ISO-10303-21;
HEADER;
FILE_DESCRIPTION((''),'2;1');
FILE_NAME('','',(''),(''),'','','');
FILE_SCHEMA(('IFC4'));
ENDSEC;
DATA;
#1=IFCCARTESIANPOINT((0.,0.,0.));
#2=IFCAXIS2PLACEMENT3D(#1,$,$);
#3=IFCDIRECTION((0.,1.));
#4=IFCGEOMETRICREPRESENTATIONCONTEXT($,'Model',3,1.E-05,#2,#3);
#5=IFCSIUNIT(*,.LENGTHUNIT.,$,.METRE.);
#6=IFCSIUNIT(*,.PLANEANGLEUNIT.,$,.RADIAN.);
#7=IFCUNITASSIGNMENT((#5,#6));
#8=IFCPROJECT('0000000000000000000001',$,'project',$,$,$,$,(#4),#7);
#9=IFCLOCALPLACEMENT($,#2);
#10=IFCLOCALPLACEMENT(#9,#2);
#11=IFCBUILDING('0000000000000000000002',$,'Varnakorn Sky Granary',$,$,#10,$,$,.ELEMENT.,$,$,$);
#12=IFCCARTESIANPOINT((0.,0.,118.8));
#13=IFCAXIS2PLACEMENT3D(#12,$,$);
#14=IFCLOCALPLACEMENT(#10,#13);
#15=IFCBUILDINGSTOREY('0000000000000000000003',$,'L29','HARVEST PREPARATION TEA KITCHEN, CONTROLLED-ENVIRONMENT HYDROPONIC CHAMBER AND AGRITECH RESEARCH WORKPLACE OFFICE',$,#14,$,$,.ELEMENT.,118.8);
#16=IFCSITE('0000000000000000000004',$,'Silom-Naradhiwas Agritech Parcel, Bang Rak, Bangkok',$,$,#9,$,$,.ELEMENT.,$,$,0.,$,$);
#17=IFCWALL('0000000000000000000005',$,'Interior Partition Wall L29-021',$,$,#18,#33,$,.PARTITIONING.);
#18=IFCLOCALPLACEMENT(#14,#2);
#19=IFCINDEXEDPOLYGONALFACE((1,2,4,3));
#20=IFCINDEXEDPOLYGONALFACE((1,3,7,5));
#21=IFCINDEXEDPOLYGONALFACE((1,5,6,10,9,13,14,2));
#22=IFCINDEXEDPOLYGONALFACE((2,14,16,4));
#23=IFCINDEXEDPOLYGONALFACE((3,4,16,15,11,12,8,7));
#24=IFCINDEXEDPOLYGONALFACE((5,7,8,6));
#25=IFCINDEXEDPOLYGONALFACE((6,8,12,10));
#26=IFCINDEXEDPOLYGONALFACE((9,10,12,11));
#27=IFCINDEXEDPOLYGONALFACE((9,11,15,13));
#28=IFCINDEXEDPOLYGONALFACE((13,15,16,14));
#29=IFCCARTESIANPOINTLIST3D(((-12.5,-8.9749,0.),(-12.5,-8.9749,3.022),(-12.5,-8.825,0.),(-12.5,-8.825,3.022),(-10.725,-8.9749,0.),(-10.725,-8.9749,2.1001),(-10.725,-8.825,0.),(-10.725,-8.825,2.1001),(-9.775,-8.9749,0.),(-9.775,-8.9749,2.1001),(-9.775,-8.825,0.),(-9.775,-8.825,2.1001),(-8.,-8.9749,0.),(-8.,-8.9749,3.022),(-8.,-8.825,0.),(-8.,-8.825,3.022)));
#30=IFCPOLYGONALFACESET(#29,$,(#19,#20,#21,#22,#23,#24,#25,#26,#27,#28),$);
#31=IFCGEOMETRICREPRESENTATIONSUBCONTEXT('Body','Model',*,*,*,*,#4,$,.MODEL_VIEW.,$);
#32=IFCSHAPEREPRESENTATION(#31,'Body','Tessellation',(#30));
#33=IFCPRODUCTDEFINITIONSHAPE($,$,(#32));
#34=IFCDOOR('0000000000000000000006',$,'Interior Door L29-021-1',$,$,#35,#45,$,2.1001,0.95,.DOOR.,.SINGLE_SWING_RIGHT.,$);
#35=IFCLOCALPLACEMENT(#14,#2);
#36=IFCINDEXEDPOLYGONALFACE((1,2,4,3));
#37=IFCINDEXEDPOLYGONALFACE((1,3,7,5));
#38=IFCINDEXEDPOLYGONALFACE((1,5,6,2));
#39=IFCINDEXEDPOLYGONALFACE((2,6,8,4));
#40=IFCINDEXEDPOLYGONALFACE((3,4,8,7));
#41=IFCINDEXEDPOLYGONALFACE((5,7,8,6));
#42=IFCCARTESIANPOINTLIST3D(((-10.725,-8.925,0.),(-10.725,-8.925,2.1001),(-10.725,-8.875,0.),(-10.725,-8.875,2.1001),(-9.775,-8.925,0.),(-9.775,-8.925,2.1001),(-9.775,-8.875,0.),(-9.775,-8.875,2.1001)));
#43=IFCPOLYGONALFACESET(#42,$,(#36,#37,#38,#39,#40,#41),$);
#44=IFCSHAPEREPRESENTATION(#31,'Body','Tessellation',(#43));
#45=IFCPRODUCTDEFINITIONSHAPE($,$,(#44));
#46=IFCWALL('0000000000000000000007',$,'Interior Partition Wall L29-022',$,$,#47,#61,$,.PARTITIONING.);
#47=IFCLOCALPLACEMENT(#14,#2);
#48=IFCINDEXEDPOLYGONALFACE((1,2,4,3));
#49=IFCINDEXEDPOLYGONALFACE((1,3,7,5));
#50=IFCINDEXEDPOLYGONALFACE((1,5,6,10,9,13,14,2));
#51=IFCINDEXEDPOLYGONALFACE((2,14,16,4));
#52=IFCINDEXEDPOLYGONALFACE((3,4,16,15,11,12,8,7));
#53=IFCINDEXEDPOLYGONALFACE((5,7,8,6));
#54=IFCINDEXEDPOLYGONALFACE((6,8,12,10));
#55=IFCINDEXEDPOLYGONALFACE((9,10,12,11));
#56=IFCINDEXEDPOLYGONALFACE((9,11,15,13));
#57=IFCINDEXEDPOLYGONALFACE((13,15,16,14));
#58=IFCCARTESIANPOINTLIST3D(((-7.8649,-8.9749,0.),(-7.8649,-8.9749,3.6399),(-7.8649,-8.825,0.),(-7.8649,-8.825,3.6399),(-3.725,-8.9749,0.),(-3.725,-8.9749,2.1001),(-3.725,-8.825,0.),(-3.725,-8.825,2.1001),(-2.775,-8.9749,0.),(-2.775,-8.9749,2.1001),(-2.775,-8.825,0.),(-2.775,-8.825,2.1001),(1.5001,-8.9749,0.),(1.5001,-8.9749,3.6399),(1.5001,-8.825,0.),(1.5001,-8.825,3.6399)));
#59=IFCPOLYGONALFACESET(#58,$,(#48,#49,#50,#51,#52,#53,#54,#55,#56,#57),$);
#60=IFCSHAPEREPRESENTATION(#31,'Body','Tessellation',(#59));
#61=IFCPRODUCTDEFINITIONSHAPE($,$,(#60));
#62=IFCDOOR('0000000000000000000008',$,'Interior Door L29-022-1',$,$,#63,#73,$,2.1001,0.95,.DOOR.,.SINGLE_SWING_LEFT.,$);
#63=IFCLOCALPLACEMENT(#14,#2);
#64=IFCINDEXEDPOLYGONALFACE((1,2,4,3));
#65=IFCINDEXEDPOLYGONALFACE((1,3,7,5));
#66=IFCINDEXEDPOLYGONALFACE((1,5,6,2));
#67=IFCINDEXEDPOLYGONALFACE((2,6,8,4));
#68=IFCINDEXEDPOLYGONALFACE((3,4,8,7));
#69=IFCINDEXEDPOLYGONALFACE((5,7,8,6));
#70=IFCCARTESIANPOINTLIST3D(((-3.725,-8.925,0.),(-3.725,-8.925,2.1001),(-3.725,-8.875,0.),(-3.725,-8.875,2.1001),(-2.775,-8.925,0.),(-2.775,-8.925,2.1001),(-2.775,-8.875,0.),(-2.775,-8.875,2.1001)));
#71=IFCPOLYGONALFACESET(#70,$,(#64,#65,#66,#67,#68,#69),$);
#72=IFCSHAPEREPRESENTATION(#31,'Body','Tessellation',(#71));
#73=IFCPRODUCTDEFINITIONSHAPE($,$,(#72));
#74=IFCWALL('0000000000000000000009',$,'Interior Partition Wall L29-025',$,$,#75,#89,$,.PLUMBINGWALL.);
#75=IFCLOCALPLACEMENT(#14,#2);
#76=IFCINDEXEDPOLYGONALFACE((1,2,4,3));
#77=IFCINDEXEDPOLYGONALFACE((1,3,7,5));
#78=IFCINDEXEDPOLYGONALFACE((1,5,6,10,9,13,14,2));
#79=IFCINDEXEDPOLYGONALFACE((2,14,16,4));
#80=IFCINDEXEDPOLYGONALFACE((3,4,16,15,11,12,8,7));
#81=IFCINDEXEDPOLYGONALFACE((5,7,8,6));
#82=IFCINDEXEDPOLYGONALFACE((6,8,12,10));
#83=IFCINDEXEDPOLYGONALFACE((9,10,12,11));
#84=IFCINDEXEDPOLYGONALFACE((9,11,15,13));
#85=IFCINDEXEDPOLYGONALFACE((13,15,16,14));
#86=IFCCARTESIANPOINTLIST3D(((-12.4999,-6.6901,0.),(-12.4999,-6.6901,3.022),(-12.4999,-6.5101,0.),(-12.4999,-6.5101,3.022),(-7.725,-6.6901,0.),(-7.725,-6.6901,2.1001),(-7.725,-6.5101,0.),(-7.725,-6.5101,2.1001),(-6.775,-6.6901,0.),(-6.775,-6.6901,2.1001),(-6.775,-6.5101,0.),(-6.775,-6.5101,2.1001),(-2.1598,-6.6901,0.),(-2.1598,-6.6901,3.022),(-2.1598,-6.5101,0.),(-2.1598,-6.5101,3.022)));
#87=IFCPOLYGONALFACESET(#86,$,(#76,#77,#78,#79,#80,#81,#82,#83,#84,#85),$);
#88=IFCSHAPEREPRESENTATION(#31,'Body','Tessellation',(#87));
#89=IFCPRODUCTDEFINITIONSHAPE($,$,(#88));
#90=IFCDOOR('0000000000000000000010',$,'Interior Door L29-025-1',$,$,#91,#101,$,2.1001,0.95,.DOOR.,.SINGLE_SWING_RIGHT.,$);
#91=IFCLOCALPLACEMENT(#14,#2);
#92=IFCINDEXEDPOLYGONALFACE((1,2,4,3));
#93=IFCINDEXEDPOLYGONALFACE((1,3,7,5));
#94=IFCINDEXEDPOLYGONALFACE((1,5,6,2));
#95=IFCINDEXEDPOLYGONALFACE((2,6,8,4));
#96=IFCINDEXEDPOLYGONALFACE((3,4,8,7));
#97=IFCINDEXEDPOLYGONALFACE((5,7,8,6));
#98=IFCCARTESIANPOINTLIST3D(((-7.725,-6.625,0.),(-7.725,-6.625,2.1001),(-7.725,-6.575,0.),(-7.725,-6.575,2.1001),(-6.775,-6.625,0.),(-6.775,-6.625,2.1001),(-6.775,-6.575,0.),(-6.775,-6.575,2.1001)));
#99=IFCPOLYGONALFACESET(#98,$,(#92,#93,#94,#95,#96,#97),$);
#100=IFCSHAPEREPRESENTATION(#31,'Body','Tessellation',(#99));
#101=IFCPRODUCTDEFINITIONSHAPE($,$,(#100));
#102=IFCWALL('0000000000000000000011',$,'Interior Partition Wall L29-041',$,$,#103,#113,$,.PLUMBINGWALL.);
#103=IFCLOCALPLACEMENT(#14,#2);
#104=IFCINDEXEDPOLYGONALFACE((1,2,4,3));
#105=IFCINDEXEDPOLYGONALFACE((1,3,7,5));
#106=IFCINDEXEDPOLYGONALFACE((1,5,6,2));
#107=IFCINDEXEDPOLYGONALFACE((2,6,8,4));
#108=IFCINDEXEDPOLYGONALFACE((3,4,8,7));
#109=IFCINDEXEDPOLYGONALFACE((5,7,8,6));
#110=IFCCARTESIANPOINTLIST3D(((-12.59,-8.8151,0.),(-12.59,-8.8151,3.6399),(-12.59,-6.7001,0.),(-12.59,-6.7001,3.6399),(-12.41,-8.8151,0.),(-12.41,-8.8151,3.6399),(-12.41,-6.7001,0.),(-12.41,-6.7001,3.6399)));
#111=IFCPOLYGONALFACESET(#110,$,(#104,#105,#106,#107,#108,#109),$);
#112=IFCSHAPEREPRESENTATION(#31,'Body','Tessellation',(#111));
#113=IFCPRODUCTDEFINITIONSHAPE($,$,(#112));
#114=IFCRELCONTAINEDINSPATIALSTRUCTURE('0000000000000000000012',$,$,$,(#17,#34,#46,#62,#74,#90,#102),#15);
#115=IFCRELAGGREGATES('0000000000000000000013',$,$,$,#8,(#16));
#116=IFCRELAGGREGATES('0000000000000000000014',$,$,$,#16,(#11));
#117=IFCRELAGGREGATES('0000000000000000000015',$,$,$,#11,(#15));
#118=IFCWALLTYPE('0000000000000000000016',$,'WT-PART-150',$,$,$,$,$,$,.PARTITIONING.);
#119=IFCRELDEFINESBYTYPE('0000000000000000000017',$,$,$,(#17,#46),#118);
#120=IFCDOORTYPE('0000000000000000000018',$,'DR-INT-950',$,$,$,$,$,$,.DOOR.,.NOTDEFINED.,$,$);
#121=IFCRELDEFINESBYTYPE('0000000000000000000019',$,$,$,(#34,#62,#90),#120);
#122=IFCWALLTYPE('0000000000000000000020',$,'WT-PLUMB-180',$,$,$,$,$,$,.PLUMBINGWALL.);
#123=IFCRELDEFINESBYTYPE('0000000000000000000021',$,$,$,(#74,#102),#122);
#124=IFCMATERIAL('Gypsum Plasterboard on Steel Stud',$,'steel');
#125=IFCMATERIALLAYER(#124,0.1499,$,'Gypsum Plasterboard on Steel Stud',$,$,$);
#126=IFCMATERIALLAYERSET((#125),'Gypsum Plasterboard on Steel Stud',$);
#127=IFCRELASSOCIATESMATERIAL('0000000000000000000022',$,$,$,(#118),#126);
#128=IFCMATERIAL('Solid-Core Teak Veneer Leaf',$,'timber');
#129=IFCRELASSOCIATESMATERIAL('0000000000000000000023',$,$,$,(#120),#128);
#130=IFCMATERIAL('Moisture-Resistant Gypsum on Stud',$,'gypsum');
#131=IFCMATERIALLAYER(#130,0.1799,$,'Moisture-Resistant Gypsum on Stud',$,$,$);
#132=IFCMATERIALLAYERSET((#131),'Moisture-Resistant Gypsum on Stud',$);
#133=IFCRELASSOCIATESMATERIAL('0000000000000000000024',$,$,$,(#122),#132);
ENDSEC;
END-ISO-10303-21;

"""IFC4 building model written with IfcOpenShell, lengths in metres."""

from ifc_helpers import new_model, si_unit, direction, frame, frame_2d, origin, place, context, subcontext, project, spatial, rectangle, extrude, material, layer, layer_set, type_object, element, fill, save


model = new_model("IFC4")

# Units and contexts
model_context = context("Model", 3, precision=1e-05, world=origin(), true_north=direction((0.0, 1.0)))
body_context = subcontext(model_context, "Body", "Model", "MODEL_VIEW")
ifc_project = project(units=[si_unit("LENGTHUNIT", "METRE"), si_unit("PLANEANGLEUNIT", "RADIAN")], contexts=[model_context])

# Site, building, storey
site_placement = place(None, origin())
site = spatial("IfcSite", under=ifc_project, at=site_placement, Name="Silom-Naradhiwas Agritech Parcel, Bang Rak, Bangkok", CompositionType="ELEMENT", RefElevation=0.0)
building_placement = place(site_placement, origin())
building = spatial("IfcBuilding", under=site, at=building_placement, Name="Varnakorn Sky Granary", CompositionType="ELEMENT")
storey_placement = place(building_placement, frame((0.0, 0.0, 118.8)))
storey = spatial("IfcBuildingStorey", under=building, at=storey_placement, Name="L29", Description="HARVEST PREPARATION TEA KITCHEN, CONTROLLED-ENVIRONMENT HYDROPONIC CHAMBER AND AGRITECH RESEARCH WORKPLACE OFFICE", CompositionType="ELEMENT", Elevation=118.8)

# Walls, openings, doors
ifc_material_1 = material(Name="Gypsum Plasterboard on Steel Stud", Category="steel")
ifc_layer_1 = layer(ifc_material_1, 0.1499, Name="Gypsum Plasterboard on Steel Stud")
ifc_layer_set_1 = layer_set([ifc_layer_1], Name="Gypsum Plasterboard on Steel Stud")
wall_type_1 = type_object("IfcWallType", Name="WT-PART-150", PredefinedType="PARTITIONING", material=ifc_layer_set_1)
wall_1_placement = place(storey_placement, frame((-12.5, -8.8999, 0.0), z_axis=(0.0, 0.0, 1.0), x_axis=(1.0, 0.0, 0.0)))
wall_1 = element("IfcWall", 1, at=wall_1_placement, inside=storey, type_object=wall_type_1, Name="Interior Partition Wall L29-021", PredefinedType="PARTITIONING", context=body_context, shape_type="SweptSolid", body=[
    extrude(rectangle(XDim=4.5, YDim=0.1499, at=frame_2d((2.25, 0.0))), origin(), (0.0, 0.0, 1.0), 3.022),
])
opening_1_placement = place(wall_1_placement, frame((1.7749, 0.0, 0.0)))
opening_1 = element("IfcOpeningElement", 2, at=opening_1_placement, cuts=wall_1, PredefinedType="OPENING", context=body_context, shape_type="SweptSolid", body=[
    extrude(rectangle(XDim=0.95, YDim=2.1001, at=frame_2d((0.4751, 1.05))), frame((0.0, 0.085, 0.0), z_axis=(0.0, -1.0, 0.0), x_axis=(1.0, 0.0, 0.0)), (0.0, 0.0, 1.0), 0.1699),
])
ifc_material_2 = material(Name="Solid-Core Teak Veneer Leaf", Category="timber")
door_type_1 = type_object("IfcDoorType", Name="DR-INT-950", OperationType="NOTDEFINED", PredefinedType="DOOR", material=ifc_material_2)
door_1_placement = place(opening_1_placement, origin())
door_1 = element("IfcDoor", 3, at=door_1_placement, inside=storey, type_object=door_type_1, Name="Interior Door L29-021-1", OperationType="SINGLE_SWING_RIGHT", OverallHeight=2.1001, OverallWidth=0.95, PredefinedType="DOOR", context=body_context, shape_type="SweptSolid", body=[
    extrude(rectangle(XDim=0.95, YDim=2.1001, at=frame_2d((0.4751, 1.05))), frame((0.0, 0.0249, 0.0), z_axis=(0.0, -1.0, 0.0), x_axis=(1.0, 0.0, 0.0)), (0.0, 0.0, 1.0), 0.05),
])
fill(opening_1, door_1)
wall_2_placement = place(storey_placement, frame((-7.865, -8.8999, 0.0), z_axis=(0.0, 0.0, 1.0), x_axis=(1.0, 0.0, 0.0)))
wall_2 = element("IfcWall", 4, at=wall_2_placement, inside=storey, type_object=wall_type_1, Name="Interior Partition Wall L29-022", PredefinedType="PARTITIONING", context=body_context, shape_type="SweptSolid", body=[
    extrude(rectangle(XDim=9.365, YDim=0.1499, at=frame_2d((4.6826, 0.0))), origin(), (0.0, 0.0, 1.0), 3.6399),
])
opening_2_placement = place(wall_2_placement, frame((4.1399, 0.0, 0.0)))
opening_2 = element("IfcOpeningElement", 5, at=opening_2_placement, cuts=wall_2, PredefinedType="OPENING", context=body_context, shape_type="SweptSolid", body=[
    extrude(rectangle(XDim=0.95, YDim=2.1001, at=frame_2d((0.4751, 1.05))), frame((0.0, 0.085, 0.0), z_axis=(0.0, -1.0, 0.0), x_axis=(1.0, 0.0, 0.0)), (0.0, 0.0, 1.0), 0.1699),
])
door_2_placement = place(opening_2_placement, origin())
door_2 = element("IfcDoor", 6, at=door_2_placement, inside=storey, type_object=door_type_1, Name="Interior Door L29-022-1", OperationType="SINGLE_SWING_LEFT", OverallHeight=2.1001, OverallWidth=0.95, PredefinedType="DOOR", context=body_context, shape_type="SweptSolid", body=[
    extrude(rectangle(XDim=0.95, YDim=2.1001, at=frame_2d((0.4751, 1.05))), frame((0.0, 0.0249, 0.0), z_axis=(0.0, -1.0, 0.0), x_axis=(1.0, 0.0, 0.0)), (0.0, 0.0, 1.0), 0.05),
])
fill(opening_2, door_2)
ifc_material_3 = material(Name="Moisture-Resistant Gypsum on Stud", Category="gypsum")
ifc_layer_2 = layer(ifc_material_3, 0.1799, Name="Moisture-Resistant Gypsum on Stud")
ifc_layer_set_2 = layer_set([ifc_layer_2], Name="Moisture-Resistant Gypsum on Stud")
wall_type_2 = type_object("IfcWallType", Name="WT-PLUMB-180", PredefinedType="PLUMBINGWALL", material=ifc_layer_set_2)
wall_3_placement = place(storey_placement, frame((-2.1599, -6.6001, 0.0), z_axis=(0.0, 0.0, 1.0), x_axis=(-1.0, 0.0, 0.0)))
wall_3 = element("IfcWall", 7, at=wall_3_placement, inside=storey, type_object=wall_type_2, Name="Interior Partition Wall L29-025", PredefinedType="PLUMBINGWALL", context=body_context, shape_type="SweptSolid", body=[
    extrude(rectangle(XDim=10.3401, YDim=0.1799, at=frame_2d((5.1699, 0.0))), origin(), (0.0, 0.0, 1.0), 3.022),
])
opening_3_placement = place(wall_3_placement, frame((4.615, 0.0, 0.0)))
opening_3 = element("IfcOpeningElement", 8, at=opening_3_placement, cuts=wall_3, PredefinedType="OPENING", context=body_context, shape_type="SweptSolid", body=[
    extrude(rectangle(XDim=0.95, YDim=2.1001, at=frame_2d((0.4751, 1.05))), frame((0.0, 0.1001, 0.0), z_axis=(0.0, -1.0, 0.0), x_axis=(1.0, 0.0, 0.0)), (0.0, 0.0, 1.0), 0.2),
])
door_3_placement = place(opening_3_placement, origin())
door_3 = element("IfcDoor", 9, at=door_3_placement, inside=storey, type_object=door_type_1, Name="Interior Door L29-025-1", OperationType="SINGLE_SWING_RIGHT", OverallHeight=2.1001, OverallWidth=0.95, PredefinedType="DOOR", context=body_context, shape_type="SweptSolid", body=[
    extrude(rectangle(XDim=0.95, YDim=2.1001, at=frame_2d((0.4751, 1.05))), frame((0.0, 0.0249, 0.0), z_axis=(0.0, -1.0, 0.0), x_axis=(1.0, 0.0, 0.0)), (0.0, 0.0, 1.0), 0.05),
])
fill(opening_3, door_3)

# Wall
wall_4_placement = place(storey_placement, frame((-12.5, -6.7, 0.0), z_axis=(0.0, 0.0, 1.0), x_axis=(0.0, -1.0, 0.0)))
element("IfcWall", 10, at=wall_4_placement, inside=storey, type_object=wall_type_2, Name="Interior Partition Wall L29-041", PredefinedType="PLUMBINGWALL", context=body_context, shape_type="SweptSolid", body=[
    extrude(rectangle(XDim=2.115, YDim=0.1799, at=frame_2d((1.0576, 0.0))), origin(), (0.0, 0.0, 1.0), 3.6399),
])

save(model, "model.ifc")
